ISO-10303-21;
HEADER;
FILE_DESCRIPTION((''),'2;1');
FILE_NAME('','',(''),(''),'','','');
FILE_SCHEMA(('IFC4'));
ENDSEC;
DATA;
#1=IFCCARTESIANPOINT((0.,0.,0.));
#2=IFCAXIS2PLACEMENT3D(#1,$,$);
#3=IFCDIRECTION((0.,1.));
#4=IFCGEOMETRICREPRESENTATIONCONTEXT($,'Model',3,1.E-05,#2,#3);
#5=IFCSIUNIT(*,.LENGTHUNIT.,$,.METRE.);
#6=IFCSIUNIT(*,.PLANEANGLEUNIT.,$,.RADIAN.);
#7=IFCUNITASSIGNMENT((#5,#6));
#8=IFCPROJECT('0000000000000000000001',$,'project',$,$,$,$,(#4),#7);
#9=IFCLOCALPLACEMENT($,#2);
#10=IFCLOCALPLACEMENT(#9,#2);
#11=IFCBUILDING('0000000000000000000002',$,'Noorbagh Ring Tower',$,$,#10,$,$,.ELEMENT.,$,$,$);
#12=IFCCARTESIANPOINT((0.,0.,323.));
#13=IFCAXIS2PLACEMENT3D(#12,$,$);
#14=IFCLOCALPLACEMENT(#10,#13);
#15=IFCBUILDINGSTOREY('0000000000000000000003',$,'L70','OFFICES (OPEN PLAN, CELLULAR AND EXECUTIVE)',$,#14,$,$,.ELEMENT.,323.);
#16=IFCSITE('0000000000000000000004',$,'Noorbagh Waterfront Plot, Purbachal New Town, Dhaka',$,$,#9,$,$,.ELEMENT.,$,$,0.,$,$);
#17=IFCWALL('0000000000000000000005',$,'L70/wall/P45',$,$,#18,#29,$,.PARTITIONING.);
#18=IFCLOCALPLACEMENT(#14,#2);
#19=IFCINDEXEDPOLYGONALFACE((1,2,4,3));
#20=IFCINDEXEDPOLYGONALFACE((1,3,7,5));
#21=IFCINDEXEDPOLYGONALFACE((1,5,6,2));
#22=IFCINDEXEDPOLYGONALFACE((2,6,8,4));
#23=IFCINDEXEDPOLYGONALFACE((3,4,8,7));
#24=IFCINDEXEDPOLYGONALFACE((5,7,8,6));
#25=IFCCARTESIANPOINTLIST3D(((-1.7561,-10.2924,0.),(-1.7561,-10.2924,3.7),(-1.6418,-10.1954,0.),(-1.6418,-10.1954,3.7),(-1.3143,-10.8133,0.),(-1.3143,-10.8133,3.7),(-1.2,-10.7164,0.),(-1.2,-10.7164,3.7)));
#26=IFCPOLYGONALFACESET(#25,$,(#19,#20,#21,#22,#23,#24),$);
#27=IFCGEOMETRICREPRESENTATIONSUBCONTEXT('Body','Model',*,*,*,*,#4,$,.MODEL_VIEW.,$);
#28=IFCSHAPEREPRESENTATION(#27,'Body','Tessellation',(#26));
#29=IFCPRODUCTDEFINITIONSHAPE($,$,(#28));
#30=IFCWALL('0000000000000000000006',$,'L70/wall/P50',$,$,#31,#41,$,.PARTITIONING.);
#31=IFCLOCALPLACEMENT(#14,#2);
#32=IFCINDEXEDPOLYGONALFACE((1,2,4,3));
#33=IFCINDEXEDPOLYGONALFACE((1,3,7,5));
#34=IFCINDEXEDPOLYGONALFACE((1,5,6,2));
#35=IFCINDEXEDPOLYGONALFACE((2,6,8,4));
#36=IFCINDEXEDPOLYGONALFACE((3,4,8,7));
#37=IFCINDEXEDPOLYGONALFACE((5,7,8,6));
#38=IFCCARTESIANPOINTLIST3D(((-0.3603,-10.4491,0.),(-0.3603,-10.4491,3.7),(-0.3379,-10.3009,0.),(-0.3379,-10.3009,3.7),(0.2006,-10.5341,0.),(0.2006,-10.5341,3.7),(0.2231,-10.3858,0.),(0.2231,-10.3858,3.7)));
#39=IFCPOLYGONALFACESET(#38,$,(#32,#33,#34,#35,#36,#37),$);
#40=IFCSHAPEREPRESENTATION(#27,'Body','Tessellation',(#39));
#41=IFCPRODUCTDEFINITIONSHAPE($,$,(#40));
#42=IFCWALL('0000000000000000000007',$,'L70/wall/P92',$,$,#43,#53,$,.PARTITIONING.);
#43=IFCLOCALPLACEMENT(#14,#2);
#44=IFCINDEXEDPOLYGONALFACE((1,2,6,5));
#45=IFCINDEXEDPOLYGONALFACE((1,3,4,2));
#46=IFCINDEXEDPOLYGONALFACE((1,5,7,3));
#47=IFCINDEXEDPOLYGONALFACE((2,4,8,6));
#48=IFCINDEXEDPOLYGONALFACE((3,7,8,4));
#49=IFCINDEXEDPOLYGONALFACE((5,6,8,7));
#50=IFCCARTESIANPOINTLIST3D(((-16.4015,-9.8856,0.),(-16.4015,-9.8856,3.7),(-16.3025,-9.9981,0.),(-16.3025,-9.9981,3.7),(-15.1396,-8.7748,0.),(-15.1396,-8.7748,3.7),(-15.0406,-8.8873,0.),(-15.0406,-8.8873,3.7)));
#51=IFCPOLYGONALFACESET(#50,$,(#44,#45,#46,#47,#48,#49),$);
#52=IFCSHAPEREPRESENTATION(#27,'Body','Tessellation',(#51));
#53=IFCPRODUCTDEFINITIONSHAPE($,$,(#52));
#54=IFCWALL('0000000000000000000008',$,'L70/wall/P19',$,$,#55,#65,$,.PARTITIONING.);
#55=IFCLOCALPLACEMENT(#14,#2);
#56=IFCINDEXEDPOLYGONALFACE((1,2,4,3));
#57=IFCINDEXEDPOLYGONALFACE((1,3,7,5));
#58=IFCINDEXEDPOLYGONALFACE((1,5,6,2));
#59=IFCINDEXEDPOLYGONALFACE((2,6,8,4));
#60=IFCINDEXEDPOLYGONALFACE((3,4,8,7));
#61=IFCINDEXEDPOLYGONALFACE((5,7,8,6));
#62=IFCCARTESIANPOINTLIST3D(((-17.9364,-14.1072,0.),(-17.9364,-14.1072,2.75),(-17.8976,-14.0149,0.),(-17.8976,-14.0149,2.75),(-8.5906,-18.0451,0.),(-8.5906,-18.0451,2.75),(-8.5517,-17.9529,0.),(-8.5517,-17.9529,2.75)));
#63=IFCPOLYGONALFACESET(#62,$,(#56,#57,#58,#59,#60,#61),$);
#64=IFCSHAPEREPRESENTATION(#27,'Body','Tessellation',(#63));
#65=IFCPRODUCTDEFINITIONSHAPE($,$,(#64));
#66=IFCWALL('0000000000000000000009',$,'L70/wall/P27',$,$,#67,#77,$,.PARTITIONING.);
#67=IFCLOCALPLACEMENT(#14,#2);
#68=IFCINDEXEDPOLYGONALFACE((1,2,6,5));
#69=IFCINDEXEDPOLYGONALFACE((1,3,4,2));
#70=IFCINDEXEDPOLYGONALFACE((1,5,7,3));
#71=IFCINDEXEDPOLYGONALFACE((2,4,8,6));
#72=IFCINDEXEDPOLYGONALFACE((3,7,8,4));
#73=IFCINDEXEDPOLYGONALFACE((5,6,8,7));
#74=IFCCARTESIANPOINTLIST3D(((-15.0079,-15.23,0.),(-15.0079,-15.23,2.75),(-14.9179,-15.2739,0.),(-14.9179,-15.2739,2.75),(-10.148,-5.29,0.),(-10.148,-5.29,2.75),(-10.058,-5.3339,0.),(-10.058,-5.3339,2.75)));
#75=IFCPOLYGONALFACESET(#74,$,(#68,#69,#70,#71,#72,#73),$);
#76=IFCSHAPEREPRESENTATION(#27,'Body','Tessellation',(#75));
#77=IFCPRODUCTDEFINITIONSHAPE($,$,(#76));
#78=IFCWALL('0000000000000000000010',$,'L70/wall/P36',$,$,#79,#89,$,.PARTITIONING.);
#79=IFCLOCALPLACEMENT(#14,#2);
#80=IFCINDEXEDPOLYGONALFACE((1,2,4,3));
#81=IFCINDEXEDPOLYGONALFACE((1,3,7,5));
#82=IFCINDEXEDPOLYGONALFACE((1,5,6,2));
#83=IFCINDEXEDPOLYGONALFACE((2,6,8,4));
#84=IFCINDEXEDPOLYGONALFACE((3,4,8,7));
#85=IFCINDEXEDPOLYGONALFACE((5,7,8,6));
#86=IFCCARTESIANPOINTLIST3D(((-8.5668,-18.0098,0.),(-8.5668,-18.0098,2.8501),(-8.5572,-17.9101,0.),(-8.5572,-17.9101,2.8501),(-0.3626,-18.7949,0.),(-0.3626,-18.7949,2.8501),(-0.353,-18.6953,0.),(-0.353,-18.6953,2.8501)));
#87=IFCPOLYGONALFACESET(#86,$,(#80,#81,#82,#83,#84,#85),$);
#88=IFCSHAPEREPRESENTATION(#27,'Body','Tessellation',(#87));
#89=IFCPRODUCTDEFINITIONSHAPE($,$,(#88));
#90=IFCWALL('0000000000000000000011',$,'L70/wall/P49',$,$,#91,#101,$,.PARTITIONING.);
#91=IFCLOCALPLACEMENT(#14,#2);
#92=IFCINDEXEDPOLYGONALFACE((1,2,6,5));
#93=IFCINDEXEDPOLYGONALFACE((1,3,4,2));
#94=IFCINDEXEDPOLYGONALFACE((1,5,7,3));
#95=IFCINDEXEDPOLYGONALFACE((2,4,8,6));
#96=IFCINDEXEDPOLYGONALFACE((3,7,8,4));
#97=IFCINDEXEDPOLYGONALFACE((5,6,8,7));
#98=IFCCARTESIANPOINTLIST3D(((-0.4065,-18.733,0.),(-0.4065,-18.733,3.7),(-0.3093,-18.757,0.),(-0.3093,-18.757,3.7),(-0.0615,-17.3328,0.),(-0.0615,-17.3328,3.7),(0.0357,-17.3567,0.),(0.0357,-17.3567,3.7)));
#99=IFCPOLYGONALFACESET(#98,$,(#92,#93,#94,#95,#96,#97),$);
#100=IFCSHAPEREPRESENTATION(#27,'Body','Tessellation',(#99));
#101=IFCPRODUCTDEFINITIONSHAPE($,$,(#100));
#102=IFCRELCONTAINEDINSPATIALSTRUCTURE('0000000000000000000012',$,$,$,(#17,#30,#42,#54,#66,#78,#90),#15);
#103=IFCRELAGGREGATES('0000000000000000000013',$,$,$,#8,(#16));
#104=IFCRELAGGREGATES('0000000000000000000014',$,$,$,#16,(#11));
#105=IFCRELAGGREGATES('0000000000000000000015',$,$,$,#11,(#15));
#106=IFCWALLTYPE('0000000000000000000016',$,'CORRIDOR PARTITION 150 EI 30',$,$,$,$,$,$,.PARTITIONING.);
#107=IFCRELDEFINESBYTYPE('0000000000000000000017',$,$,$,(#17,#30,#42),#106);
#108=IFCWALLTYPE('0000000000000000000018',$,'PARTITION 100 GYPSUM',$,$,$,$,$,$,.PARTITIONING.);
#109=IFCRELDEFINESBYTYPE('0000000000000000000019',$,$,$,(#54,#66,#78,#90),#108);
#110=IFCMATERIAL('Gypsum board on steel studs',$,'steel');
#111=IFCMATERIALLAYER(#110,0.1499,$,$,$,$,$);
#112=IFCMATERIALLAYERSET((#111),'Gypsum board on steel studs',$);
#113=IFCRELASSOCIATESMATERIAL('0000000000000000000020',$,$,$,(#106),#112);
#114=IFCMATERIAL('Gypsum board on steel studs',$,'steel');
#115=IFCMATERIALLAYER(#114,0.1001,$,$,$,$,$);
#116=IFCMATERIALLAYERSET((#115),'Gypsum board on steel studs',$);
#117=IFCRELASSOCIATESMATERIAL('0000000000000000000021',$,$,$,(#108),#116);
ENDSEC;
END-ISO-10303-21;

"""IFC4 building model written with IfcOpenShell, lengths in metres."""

from ifc_helpers import new_model, si_unit, direction, frame, frame_2d, origin, place, context, subcontext, project, spatial, rectangle, extrude, material, layer, layer_set, type_object, element, save


model = new_model("IFC4")

# Units and contexts
model_context = context("Model", 3, precision=1e-05, world=origin(), true_north=direction((0.0, 1.0)))
body_context = subcontext(model_context, "Body", "Model", "MODEL_VIEW")
ifc_project = project(units=[si_unit("LENGTHUNIT", "METRE"), si_unit("PLANEANGLEUNIT", "RADIAN")], contexts=[model_context])

# Site, building, storey
site_placement = place(None, origin())
site = spatial("IfcSite", under=ifc_project, at=site_placement, Name="Noorbagh Waterfront Plot, Purbachal New Town, Dhaka", CompositionType="ELEMENT", RefElevation=0.0)
building_placement = place(site_placement, origin())
building = spatial("IfcBuilding", under=site, at=building_placement, Name="Noorbagh Ring Tower", CompositionType="ELEMENT")
storey_placement = place(building_placement, frame((0.0, 0.0, 323.0)))
storey = spatial("IfcBuildingStorey", under=building, at=storey_placement, Name="L70", Description="OFFICES (OPEN PLAN, CELLULAR AND EXECUTIVE)", CompositionType="ELEMENT", Elevation=323.0)

# Walls
ifc_material_1 = material(Name="Gypsum board on steel studs", Category="steel")
ifc_layer_1 = layer(ifc_material_1, 0.1499)
ifc_layer_set_1 = layer_set([ifc_layer_1], Name="Gypsum board on steel studs")
wall_type_1 = type_object("IfcWallType", Name="CORRIDOR PARTITION 150 EI 30", PredefinedType="PARTITIONING", material=ifc_layer_set_1)
wall_1_placement = place(storey_placement, frame((-1.699, -10.2439, 0.0), z_axis=(0.0, 0.0, 1.0), x_axis=(0.646839, -0.762627, 0.0)))
element("IfcWall", 1, at=wall_1_placement, inside=storey, type_object=wall_type_1, Name="L70/wall/P45", PredefinedType="PARTITIONING", context=body_context, shape_type="SweptSolid", body=[
    extrude(rectangle(XDim=0.6831, YDim=0.1499, at=frame_2d((0.3416, 0.0))), origin(), (0.0, 0.0, 1.0), 3.7),
])
wall_2_placement = place(storey_placement, frame((-0.3491, -10.375, 0.0), z_axis=(0.0, 0.0, 1.0), x_axis=(0.988727, -0.149729, 0.0)))
element("IfcWall", 2, at=wall_2_placement, inside=storey, type_object=wall_type_1, Name="L70/wall/P50", PredefinedType="PARTITIONING", context=body_context, shape_type="SweptSolid", body=[
    extrude(rectangle(XDim=0.5674, YDim=0.1499, at=frame_2d((0.2837, 0.0))), origin(), (0.0, 0.0, 1.0), 3.7),
])
wall_3_placement = place(storey_placement, frame((-15.0901, -8.8311, 0.0), z_axis=(0.0, 0.0, 1.0), x_axis=(-0.750621, -0.660733, 0.0)))
element("IfcWall", 3, at=wall_3_placement, inside=storey, type_object=wall_type_1, Name="L70/wall/P92", PredefinedType="PARTITIONING", context=body_context, shape_type="SweptSolid", body=[
    extrude(rectangle(XDim=1.6812, YDim=0.1499, at=frame_2d((0.8406, 0.0))), origin(), (0.0, 0.0, 1.0), 3.7),
])
ifc_material_2 = material(Name="Gypsum board on steel studs", Category="steel")
ifc_layer_2 = layer(ifc_material_2, 0.1001)
ifc_layer_set_2 = layer_set([ifc_layer_2], Name="Gypsum board on steel studs")
wall_type_2 = type_object("IfcWallType", Name="PARTITION 100 GYPSUM", PredefinedType="PARTITIONING", material=ifc_layer_set_2)
wall_4_placement = place(storey_placement, frame((-17.917, -14.061, 0.0), z_axis=(0.0, 0.0, 1.0), x_axis=(0.921535, -0.388296, 0.0)))
element("IfcWall", 4, at=wall_4_placement, inside=storey, type_object=wall_type_2, Name="L70/wall/P19", PredefinedType="PARTITIONING", context=body_context, shape_type="SweptSolid", body=[
    extrude(rectangle(XDim=10.1416, YDim=0.1001, at=frame_2d((5.0708, 0.0))), origin(), (0.0, 0.0, 1.0), 2.75),
])
wall_5_placement = place(storey_placement, frame((-14.9629, -15.252, 0.0), z_axis=(0.0, 0.0, 1.0), x_axis=(0.439235, 0.898372, 0.0)))
element("IfcWall", 5, at=wall_5_placement, inside=storey, type_object=wall_type_2, Name="L70/wall/P27", PredefinedType="PARTITIONING", context=body_context, shape_type="SweptSolid", body=[
    extrude(rectangle(XDim=11.0645, YDim=0.1001, at=frame_2d((5.5322, 0.0))), origin(), (0.0, 0.0, 1.0), 2.75),
])
wall_6_placement = place(storey_placement, frame((-8.562, -17.96, 0.0), z_axis=(0.0, 0.0, 1.0), x_axis=(0.995452, -0.095268, 0.0)))
element("IfcWall", 6, at=wall_6_placement, inside=storey, type_object=wall_type_2, Name="L70/wall/P36", PredefinedType="PARTITIONING", context=body_context, shape_type="SweptSolid", body=[
    extrude(rectangle(XDim=8.2417, YDim=0.1001, at=frame_2d((4.1208, 0.0))), origin(), (0.0, 0.0, 1.0), 2.8501),
])
wall_7_placement = place(storey_placement, frame((-0.3579, -18.7451, 0.0), z_axis=(0.0, 0.0, 1.0), x_axis=(0.239228, 0.970963, 0.0)))
element("IfcWall", 7, at=wall_7_placement, inside=storey, type_object=wall_type_2, Name="L70/wall/P49", PredefinedType="PARTITIONING", context=body_context, shape_type="SweptSolid", body=[
    extrude(rectangle(XDim=1.4421, YDim=0.1001, at=frame_2d((0.7212, 0.0))), origin(), (0.0, 0.0, 1.0), 3.7),
])

save(model, "model.ifc")
